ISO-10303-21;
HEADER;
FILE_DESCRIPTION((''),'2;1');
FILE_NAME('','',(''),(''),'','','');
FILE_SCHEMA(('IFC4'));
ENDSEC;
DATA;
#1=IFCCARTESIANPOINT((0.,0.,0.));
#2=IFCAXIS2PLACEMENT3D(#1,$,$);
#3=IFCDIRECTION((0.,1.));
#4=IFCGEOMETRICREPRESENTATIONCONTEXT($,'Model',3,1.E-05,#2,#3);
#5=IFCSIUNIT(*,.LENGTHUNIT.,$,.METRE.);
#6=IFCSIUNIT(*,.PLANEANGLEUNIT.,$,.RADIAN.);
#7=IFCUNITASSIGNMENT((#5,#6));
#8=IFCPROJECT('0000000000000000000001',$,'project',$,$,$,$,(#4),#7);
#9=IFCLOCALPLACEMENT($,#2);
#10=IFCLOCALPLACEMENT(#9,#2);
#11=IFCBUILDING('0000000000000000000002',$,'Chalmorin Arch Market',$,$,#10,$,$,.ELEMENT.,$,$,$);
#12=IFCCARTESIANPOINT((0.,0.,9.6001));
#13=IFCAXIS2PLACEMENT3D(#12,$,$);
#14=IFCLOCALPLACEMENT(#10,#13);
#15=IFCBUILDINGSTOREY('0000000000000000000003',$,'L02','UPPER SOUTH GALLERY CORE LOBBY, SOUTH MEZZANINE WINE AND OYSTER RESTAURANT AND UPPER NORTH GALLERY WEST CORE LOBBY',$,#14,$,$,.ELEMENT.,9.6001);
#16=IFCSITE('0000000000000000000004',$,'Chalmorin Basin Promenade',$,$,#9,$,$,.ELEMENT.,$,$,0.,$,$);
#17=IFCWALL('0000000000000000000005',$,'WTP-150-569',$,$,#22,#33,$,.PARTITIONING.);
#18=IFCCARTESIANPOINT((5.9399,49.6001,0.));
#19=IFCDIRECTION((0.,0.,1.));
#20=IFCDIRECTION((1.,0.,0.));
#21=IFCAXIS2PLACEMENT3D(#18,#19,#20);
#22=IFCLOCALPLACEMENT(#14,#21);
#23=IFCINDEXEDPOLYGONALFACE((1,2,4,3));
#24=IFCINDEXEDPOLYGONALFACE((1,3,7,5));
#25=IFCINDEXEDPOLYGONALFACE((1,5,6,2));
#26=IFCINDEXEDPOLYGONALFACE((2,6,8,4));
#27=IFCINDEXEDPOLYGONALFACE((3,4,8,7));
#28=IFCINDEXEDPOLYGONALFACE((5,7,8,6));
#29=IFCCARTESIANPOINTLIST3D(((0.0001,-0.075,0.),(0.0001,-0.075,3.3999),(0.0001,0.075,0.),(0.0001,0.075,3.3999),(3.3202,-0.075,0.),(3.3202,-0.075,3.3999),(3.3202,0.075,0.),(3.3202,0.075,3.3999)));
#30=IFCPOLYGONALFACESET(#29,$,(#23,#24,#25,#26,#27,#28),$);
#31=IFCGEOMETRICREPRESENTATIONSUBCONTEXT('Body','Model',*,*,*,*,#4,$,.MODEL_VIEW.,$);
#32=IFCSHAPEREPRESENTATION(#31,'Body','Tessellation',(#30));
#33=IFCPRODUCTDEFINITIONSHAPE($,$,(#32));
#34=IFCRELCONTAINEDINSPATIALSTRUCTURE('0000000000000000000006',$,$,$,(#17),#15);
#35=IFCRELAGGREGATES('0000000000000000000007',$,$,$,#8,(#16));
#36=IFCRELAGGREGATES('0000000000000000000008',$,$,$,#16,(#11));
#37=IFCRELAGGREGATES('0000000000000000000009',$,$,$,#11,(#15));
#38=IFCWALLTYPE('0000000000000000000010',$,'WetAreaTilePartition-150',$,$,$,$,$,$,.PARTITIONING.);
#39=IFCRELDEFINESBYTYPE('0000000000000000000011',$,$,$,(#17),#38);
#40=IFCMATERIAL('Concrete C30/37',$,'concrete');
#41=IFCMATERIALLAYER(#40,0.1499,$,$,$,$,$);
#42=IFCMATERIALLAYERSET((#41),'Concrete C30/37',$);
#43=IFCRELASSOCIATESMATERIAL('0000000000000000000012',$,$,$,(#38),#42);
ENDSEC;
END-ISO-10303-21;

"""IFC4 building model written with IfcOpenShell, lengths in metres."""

from ifc_helpers import new_model, si_unit, direction, frame, frame_2d, origin, place, context, subcontext, project, spatial, rectangle, extrude, material, layer, layer_set, type_object, element, save


model = new_model("IFC4")

# Units and contexts
model_context = context("Model", 3, precision=1e-05, world=origin(), true_north=direction((0.0, 1.0)))
body_context = subcontext(model_context, "Body", "Model", "MODEL_VIEW")
ifc_project = project(units=[si_unit("LENGTHUNIT", "METRE"), si_unit("PLANEANGLEUNIT", "RADIAN")], contexts=[model_context])

# Site, building, storey
site_placement = place(None, origin())
site = spatial("IfcSite", under=ifc_project, at=site_placement, Name="Chalmorin Basin Promenade", CompositionType="ELEMENT", RefElevation=0.0)
building_placement = place(site_placement, origin())
building = spatial("IfcBuilding", under=site, at=building_placement, Name="Chalmorin Arch Market", CompositionType="ELEMENT")
storey_placement = place(building_placement, frame((0.0, 0.0, 9.6001)))
storey = spatial("IfcBuildingStorey", under=building, at=storey_placement, Name="L02", Description="UPPER SOUTH GALLERY CORE LOBBY, SOUTH MEZZANINE WINE AND OYSTER RESTAURANT AND UPPER NORTH GALLERY WEST CORE LOBBY", CompositionType="ELEMENT", Elevation=9.6001)

# Shared definitions
ifc_material_1 = material(Name="Concrete C30/37", Category="concrete")
ifc_layer_1 = layer(ifc_material_1, 0.1499)
ifc_layer_set_1 = layer_set([ifc_layer_1], Name="Concrete C30/37")
wall_type_1 = type_object("IfcWallType", Name="WetAreaTilePartition-150", PredefinedType="PARTITIONING", material=ifc_layer_set_1)

# Wall
wall_1_placement = place(storey_placement, frame((5.9399, 49.6001, 0.0), z_axis=(0.0, 0.0, 1.0), x_axis=(1.0, 0.0, 0.0)))
element("IfcWall", 1, at=wall_1_placement, inside=storey, type_object=wall_type_1, Name="WTP-150-569", PredefinedType="PARTITIONING", context=body_context, shape_type="SweptSolid", body=[
    extrude(rectangle(XDim=3.3201, YDim=0.1499, at=frame_2d((1.6602, 0.0))), origin(), (0.0, 0.0, 1.0), 3.3999),
])

save(model, "model.ifc")
